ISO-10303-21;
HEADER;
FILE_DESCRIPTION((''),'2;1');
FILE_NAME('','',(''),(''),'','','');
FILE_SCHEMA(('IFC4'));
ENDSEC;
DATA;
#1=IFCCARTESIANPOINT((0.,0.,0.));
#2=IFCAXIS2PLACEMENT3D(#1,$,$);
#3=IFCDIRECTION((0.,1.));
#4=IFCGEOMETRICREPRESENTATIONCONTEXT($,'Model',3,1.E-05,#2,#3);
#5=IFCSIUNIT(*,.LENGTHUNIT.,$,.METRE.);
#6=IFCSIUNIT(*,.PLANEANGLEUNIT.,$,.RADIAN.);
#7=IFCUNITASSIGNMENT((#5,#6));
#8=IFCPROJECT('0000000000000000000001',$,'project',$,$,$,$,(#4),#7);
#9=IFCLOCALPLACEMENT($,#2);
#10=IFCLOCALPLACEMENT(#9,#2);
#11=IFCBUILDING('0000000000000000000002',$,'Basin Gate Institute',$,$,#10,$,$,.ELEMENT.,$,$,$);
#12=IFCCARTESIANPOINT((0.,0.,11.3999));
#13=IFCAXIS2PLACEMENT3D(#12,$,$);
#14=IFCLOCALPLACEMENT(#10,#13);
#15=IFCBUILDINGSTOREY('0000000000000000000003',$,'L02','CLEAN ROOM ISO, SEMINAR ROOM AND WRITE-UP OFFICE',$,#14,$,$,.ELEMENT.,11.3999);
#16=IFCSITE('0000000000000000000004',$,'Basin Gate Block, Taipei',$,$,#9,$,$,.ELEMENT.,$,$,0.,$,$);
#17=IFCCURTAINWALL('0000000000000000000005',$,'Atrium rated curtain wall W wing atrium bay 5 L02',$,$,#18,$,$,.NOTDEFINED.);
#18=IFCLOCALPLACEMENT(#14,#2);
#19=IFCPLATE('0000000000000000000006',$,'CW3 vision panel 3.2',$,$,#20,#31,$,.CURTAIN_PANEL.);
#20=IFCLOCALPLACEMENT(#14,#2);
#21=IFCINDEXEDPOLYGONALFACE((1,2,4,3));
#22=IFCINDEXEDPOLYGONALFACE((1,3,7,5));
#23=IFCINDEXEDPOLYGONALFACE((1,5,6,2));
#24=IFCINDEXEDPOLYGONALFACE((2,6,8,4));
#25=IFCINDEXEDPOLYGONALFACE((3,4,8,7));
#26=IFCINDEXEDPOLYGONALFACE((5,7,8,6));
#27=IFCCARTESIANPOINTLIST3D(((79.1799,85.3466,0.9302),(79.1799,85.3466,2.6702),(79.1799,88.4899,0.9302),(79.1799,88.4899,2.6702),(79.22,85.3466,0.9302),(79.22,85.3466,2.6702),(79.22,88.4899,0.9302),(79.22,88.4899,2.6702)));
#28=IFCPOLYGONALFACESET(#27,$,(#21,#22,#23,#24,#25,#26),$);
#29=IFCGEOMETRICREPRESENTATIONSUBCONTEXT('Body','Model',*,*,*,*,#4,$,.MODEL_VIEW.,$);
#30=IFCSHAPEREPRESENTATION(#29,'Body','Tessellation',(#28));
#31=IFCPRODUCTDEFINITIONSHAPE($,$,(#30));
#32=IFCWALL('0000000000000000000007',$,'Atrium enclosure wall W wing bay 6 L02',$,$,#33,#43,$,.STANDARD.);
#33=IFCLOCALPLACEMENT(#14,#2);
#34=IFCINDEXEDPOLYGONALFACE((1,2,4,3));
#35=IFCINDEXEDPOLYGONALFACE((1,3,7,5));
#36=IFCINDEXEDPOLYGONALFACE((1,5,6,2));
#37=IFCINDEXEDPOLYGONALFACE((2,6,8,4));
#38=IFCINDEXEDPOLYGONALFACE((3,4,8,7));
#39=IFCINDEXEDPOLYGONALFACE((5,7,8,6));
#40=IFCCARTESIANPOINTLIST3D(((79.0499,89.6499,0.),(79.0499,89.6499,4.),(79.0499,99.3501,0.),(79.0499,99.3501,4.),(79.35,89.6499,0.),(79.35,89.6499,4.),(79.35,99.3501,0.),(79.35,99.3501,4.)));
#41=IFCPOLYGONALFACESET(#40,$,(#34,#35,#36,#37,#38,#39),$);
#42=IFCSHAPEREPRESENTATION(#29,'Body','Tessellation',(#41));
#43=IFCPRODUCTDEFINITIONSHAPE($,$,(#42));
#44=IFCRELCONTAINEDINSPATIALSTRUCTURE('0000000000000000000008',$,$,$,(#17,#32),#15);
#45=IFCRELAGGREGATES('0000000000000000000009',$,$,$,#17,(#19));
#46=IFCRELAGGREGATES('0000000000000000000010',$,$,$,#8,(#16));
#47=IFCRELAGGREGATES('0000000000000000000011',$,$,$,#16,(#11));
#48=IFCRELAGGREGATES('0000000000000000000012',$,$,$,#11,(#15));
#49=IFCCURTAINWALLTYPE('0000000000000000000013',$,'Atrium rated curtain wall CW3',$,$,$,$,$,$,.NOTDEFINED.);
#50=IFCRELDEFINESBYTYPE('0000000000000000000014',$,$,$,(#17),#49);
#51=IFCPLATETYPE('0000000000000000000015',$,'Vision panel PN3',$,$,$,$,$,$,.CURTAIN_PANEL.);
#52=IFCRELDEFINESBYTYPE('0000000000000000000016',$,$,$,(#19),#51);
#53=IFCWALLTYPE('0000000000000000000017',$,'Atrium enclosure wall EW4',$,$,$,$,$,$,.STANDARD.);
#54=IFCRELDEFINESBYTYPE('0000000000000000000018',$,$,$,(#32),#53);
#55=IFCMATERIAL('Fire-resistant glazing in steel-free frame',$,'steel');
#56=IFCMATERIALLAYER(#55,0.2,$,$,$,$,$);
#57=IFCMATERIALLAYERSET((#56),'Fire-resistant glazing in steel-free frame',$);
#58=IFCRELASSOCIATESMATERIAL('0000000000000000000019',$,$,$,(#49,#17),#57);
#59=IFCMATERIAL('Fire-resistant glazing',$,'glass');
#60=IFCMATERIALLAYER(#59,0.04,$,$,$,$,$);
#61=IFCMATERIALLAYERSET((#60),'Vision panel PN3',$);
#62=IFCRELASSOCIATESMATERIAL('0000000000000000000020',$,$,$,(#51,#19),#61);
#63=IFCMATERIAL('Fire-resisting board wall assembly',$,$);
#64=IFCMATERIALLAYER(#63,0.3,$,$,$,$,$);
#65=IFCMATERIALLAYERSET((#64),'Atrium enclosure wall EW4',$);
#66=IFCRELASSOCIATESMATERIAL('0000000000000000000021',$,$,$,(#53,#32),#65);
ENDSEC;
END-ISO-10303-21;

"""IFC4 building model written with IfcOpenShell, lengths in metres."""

from ifc_helpers import new_model, si_unit, direction, frame, frame_2d, origin, origin_2d, place, context, subcontext, project, spatial, rectangle, extrude, material, layer, layer_set, type_object, element, aggregate, save


model = new_model("IFC4")

# Units and contexts
model_context = context("Model", 3, precision=1e-05, world=origin(), true_north=direction((0.0, 1.0)))
body_context = subcontext(model_context, "Body", "Model", "MODEL_VIEW")
ifc_project = project(units=[si_unit("LENGTHUNIT", "METRE"), si_unit("PLANEANGLEUNIT", "RADIAN")], contexts=[model_context])

# Site, building, storey
site_placement = place(None, origin())
site = spatial("IfcSite", under=ifc_project, at=site_placement, Name="Basin Gate Block, Taipei", CompositionType="ELEMENT", RefElevation=0.0)
building_placement = place(site_placement, origin())
building = spatial("IfcBuilding", under=site, at=building_placement, Name="Basin Gate Institute", CompositionType="ELEMENT")
storey_placement = place(building_placement, frame((0.0, 0.0, 11.3999)))
storey = spatial("IfcBuildingStorey", under=building, at=storey_placement, Name="L02", Description="CLEAN ROOM ISO, SEMINAR ROOM AND WRITE-UP OFFICE", CompositionType="ELEMENT", Elevation=11.3999)

# Curtain wall
ifc_material_1 = material(Name="Fire-resistant glazing in steel-free frame", Category="steel")
ifc_layer_1 = layer(ifc_material_1, 0.2)
ifc_layer_set_1 = layer_set([ifc_layer_1], Name="Fire-resistant glazing in steel-free frame")
curtain_wall_type_1 = type_object("IfcCurtainWallType", Name="Atrium rated curtain wall CW3", PredefinedType="NOTDEFINED", material=ifc_layer_set_1)
curtain_wall_1_placement = place(storey_placement, origin())
curtain_wall_1 = element("IfcCurtainWall", 1, at=curtain_wall_1_placement, inside=storey, type_object=curtain_wall_type_1, material=ifc_layer_set_1, Name="Atrium rated curtain wall W wing atrium bay 5 L02", PredefinedType="NOTDEFINED")

# Plate
ifc_material_2 = material(Name="Fire-resistant glazing", Category="glass")
ifc_layer_2 = layer(ifc_material_2, 0.04)
ifc_layer_set_2 = layer_set([ifc_layer_2], Name="Vision panel PN3")
plate_type_1 = type_object("IfcPlateType", Name="Vision panel PN3", PredefinedType="CURTAIN_PANEL", material=ifc_layer_set_2)
plate_1_placement = place(storey_placement, frame((79.2, 86.9182, 0.9302), z_axis=(0.0, 0.0, 1.0), x_axis=(0.0, 1.0, 0.0)))
plate_1 = element("IfcPlate", 2, at=plate_1_placement, type_object=plate_type_1, material=ifc_layer_set_2, Name="CW3 vision panel 3.2", PredefinedType="CURTAIN_PANEL", context=body_context, shape_type="SweptSolid", body=[
    extrude(rectangle(XDim=3.1433, YDim=0.04, at=origin_2d()), origin(), (0.0, 0.0, 1.0), 1.74),
])
aggregate(curtain_wall_1, [plate_1])

# Wall
ifc_material_3 = material(Name="Fire-resisting board wall assembly")
ifc_layer_3 = layer(ifc_material_3, 0.3)
ifc_layer_set_3 = layer_set([ifc_layer_3], Name="Atrium enclosure wall EW4")
wall_type = type_object("IfcWallType", Name="Atrium enclosure wall EW4", PredefinedType="STANDARD", material=ifc_layer_set_3)
wall_placement = place(storey_placement, frame((79.2, 89.6499, 0.0), z_axis=(0.0, 0.0, 1.0), x_axis=(0.0, 1.0, 0.0)))
element("IfcWall", 3, at=wall_placement, inside=storey, type_object=wall_type, material=ifc_layer_set_3, Name="Atrium enclosure wall W wing bay 6 L02", PredefinedType="STANDARD", context=body_context, shape_type="SweptSolid", body=[
    extrude(rectangle(XDim=9.7002, YDim=0.3, at=frame_2d((4.8501, 0.0))), origin(), (0.0, 0.0, 1.0), 4.0),
])

save(model, "model.ifc")
